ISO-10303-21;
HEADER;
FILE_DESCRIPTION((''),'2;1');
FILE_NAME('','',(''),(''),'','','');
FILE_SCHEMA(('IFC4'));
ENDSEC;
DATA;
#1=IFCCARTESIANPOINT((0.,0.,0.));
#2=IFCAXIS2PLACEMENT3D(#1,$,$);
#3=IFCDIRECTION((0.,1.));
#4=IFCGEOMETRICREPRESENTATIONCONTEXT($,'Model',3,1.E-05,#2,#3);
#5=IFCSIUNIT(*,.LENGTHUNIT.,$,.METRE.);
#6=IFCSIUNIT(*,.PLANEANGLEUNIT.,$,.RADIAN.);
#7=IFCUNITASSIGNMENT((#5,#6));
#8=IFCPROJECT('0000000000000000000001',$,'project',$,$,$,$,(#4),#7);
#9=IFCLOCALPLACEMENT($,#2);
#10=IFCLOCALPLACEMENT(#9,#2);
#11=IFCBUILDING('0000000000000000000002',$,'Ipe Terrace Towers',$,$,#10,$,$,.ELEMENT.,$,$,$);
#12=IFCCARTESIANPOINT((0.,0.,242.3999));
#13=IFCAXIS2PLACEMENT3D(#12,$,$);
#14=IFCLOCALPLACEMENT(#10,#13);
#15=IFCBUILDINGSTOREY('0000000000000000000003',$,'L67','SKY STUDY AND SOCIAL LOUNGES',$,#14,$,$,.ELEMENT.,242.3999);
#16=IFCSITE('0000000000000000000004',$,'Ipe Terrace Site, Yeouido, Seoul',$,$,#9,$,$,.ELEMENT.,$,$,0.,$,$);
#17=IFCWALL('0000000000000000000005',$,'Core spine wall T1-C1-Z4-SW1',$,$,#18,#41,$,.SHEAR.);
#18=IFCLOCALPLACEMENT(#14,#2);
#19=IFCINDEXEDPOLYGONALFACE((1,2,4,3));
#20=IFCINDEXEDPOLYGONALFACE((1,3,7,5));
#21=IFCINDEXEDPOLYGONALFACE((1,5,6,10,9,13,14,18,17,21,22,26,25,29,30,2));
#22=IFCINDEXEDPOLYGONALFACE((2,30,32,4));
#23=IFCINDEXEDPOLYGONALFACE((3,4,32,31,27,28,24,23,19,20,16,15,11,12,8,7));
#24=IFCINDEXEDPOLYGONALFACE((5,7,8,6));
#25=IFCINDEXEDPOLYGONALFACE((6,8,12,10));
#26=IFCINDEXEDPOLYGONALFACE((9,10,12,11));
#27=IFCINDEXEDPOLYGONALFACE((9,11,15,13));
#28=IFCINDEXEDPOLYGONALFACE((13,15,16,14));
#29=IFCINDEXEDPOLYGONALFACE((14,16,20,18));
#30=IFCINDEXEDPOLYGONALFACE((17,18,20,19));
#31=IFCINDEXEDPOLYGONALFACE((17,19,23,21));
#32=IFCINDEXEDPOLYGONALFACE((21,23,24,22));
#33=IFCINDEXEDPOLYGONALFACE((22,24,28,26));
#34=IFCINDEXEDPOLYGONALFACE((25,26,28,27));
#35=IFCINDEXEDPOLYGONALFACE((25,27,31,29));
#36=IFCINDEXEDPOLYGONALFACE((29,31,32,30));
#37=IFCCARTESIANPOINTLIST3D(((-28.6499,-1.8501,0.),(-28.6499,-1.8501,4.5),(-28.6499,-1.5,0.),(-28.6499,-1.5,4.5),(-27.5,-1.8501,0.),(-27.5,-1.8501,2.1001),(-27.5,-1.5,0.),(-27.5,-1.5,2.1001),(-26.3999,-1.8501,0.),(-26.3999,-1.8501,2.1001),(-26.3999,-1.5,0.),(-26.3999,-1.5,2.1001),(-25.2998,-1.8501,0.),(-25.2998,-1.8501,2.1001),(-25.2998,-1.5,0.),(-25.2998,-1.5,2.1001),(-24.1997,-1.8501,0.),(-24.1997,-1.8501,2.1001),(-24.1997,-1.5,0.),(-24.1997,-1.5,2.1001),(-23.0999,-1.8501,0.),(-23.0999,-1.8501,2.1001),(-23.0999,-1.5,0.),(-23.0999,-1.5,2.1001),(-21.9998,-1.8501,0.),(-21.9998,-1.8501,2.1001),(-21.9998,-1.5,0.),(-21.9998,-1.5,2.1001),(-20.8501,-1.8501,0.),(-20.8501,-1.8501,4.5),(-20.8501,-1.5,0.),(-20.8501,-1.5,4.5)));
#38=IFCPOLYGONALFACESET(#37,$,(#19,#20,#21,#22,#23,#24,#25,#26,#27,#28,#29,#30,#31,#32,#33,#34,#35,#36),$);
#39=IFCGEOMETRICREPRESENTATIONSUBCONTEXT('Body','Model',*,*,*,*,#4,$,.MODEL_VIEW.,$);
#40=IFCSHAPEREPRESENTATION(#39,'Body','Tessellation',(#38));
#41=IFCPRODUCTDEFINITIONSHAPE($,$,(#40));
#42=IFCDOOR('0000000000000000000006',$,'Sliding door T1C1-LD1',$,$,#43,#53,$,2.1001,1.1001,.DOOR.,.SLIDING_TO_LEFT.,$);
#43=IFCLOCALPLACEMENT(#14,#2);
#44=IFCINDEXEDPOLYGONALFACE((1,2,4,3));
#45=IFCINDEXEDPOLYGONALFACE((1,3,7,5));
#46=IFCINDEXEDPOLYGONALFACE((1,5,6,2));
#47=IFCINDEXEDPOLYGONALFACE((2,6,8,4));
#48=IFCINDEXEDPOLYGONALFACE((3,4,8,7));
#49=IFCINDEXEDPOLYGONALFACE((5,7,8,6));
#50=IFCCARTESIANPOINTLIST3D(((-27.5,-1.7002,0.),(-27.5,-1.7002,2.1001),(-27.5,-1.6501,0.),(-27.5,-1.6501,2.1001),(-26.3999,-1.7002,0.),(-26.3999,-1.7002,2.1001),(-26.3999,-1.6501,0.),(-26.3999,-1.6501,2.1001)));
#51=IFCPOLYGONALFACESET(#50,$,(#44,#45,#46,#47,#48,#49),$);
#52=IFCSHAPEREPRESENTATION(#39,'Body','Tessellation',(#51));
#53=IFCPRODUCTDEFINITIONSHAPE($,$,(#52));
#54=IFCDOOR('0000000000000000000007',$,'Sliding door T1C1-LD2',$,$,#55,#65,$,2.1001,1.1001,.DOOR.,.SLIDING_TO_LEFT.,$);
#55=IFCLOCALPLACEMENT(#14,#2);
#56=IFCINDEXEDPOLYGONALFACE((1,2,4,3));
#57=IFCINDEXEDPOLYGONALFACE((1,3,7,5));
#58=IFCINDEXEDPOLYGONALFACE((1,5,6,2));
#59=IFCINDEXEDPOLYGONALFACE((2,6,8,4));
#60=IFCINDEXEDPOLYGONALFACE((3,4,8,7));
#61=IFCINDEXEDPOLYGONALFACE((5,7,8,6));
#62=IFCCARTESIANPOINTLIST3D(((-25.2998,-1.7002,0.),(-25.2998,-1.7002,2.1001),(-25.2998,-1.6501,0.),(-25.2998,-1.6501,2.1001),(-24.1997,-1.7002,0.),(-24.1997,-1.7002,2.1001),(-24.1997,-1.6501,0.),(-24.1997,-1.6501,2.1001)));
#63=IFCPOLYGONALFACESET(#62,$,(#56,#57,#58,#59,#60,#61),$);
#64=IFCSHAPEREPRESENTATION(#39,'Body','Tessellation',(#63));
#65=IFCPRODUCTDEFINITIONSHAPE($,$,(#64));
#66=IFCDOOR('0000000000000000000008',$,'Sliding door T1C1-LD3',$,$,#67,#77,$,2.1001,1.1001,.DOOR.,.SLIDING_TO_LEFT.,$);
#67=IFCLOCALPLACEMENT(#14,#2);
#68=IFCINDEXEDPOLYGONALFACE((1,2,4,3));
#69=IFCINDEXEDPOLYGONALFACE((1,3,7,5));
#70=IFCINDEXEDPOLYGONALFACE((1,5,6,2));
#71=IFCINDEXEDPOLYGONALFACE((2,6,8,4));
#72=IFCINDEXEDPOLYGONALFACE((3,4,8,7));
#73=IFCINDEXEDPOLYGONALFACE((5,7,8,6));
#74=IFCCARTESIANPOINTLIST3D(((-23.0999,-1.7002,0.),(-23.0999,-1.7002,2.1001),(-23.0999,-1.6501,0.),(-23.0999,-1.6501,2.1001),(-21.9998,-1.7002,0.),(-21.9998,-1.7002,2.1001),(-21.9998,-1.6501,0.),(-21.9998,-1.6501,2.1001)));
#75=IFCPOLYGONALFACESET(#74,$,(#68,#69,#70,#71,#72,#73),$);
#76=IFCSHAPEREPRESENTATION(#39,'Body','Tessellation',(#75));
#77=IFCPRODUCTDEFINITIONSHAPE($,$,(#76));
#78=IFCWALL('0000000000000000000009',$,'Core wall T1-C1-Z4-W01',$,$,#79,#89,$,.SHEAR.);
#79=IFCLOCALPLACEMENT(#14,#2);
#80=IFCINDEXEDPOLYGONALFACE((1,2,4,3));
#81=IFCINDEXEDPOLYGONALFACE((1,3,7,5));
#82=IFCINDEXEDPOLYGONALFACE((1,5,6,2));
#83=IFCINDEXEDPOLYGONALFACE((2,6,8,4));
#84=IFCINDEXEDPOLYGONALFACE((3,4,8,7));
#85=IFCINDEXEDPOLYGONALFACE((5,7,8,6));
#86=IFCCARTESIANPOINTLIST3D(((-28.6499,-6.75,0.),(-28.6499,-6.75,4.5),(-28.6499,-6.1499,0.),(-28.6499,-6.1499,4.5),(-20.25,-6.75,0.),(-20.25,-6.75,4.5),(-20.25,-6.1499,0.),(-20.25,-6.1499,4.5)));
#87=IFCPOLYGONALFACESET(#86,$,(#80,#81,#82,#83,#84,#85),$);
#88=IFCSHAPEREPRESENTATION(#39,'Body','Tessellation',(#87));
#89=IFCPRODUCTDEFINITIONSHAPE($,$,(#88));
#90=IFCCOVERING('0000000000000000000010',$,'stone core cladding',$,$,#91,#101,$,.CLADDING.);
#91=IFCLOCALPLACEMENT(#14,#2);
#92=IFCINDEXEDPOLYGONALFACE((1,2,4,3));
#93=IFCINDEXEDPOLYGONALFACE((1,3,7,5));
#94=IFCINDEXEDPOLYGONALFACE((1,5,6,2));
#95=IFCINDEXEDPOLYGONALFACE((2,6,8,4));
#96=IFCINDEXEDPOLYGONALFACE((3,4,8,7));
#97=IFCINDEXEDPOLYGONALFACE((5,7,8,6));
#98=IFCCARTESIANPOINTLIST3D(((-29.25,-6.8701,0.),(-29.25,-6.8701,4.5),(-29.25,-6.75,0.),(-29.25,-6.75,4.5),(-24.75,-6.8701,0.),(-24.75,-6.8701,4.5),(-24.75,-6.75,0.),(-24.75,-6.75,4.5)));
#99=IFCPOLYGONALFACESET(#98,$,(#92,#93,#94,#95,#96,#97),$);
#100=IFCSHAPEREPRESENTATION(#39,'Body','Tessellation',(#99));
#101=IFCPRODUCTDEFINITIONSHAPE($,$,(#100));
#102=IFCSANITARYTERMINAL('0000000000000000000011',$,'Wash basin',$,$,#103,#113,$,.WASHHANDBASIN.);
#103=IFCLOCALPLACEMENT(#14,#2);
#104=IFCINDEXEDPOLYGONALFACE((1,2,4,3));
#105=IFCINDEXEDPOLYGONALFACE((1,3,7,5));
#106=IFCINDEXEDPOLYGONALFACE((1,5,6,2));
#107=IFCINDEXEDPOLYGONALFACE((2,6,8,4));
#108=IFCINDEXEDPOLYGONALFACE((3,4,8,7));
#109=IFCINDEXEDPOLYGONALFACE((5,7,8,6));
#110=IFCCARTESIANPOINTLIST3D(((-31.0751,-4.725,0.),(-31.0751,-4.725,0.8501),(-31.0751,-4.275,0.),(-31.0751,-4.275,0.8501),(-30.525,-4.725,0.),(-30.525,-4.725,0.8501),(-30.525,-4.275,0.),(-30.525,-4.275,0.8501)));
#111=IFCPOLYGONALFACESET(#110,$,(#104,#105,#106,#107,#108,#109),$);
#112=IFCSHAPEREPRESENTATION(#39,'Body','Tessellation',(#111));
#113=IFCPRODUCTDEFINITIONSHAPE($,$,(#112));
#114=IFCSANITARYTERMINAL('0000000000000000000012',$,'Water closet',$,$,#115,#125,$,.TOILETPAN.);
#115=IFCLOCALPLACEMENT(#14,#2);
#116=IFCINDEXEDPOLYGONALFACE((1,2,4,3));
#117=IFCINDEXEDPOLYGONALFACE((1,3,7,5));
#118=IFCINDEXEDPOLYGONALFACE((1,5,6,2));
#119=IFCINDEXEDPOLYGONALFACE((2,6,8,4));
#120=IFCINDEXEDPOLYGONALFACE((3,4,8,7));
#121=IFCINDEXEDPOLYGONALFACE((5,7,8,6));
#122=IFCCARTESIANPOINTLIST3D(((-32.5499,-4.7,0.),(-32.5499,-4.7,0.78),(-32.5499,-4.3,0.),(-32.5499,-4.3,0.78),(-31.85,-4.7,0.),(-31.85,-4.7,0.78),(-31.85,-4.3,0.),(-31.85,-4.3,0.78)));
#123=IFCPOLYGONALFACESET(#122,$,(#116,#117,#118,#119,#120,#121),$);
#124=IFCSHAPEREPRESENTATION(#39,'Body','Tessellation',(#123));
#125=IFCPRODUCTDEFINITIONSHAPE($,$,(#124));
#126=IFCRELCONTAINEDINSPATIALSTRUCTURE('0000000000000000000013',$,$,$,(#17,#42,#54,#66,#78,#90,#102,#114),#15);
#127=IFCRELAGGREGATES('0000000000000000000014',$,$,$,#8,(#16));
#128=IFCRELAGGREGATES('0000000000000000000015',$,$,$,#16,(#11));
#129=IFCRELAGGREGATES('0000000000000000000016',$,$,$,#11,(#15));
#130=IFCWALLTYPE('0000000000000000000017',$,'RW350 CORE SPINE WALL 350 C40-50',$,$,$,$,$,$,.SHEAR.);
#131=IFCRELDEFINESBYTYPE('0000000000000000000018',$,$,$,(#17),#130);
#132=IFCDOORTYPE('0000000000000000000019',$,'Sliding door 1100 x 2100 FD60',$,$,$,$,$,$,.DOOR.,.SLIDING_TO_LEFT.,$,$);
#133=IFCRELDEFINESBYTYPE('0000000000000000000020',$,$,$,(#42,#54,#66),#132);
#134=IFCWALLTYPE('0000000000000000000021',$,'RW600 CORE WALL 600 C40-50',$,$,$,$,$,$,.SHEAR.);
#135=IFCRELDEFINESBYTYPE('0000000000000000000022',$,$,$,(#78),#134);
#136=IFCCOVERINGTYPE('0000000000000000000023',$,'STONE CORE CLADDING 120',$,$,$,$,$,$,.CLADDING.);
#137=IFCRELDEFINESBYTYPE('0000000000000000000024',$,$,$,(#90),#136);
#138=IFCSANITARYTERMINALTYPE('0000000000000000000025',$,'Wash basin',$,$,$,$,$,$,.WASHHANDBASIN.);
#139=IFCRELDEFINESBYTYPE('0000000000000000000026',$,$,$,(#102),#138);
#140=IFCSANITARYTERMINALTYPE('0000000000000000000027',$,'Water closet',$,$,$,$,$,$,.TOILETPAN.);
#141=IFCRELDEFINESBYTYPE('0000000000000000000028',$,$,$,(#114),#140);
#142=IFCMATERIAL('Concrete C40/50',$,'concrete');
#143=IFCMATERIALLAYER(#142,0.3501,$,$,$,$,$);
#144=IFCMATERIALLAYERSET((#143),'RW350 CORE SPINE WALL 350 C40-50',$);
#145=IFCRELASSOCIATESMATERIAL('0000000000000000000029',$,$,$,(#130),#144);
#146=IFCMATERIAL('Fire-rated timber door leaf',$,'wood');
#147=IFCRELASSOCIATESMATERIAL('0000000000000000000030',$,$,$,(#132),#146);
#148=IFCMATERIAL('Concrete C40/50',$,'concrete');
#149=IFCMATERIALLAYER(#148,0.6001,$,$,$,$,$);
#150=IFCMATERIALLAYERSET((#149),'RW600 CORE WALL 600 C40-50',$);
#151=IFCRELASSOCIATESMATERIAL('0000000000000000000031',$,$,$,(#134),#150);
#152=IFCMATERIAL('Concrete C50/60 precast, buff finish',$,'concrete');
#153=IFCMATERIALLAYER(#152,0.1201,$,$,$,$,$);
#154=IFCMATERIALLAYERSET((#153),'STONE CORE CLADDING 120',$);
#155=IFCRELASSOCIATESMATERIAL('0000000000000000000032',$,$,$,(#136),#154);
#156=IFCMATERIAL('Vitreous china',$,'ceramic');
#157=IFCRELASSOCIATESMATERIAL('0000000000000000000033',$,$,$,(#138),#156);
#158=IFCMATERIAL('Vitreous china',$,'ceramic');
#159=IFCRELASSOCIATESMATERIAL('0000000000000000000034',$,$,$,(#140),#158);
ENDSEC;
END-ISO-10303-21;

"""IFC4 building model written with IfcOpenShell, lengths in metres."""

from ifc_helpers import new_model, si_unit, direction, frame, frame_2d, origin, origin_2d, place, context, subcontext, project, spatial, rectangle, extrude, material, layer, layer_set, type_object, element, fill, save


model = new_model("IFC4")

# Units and contexts
model_context = context("Model", 3, precision=1e-05, world=origin(), true_north=direction((0.0, 1.0)))
body_context = subcontext(model_context, "Body", "Model", "MODEL_VIEW")
ifc_project = project(units=[si_unit("LENGTHUNIT", "METRE"), si_unit("PLANEANGLEUNIT", "RADIAN")], contexts=[model_context])

# Site, building, storey
site_placement = place(None, origin())
site = spatial("IfcSite", under=ifc_project, at=site_placement, Name="Ipe Terrace Site, Yeouido, Seoul", CompositionType="ELEMENT", RefElevation=0.0)
building_placement = place(site_placement, origin())
building = spatial("IfcBuilding", under=site, at=building_placement, Name="Ipe Terrace Towers", CompositionType="ELEMENT")
storey_placement = place(building_placement, frame((0.0, 0.0, 242.3999)))
storey = spatial("IfcBuildingStorey", under=building, at=storey_placement, Name="L67", Description="SKY STUDY AND SOCIAL LOUNGES", CompositionType="ELEMENT", Elevation=242.3999)

# Wall, openings, doors
ifc_material_1 = material(Name="Concrete C40/50", Category="concrete")
ifc_layer_1 = layer(ifc_material_1, 0.3501)
ifc_layer_set_1 = layer_set([ifc_layer_1], Name="RW350 CORE SPINE WALL 350 C40-50")
wall_type_1 = type_object("IfcWallType", Name="RW350 CORE SPINE WALL 350 C40-50", PredefinedType="SHEAR", material=ifc_layer_set_1)
wall_1_placement = place(storey_placement, frame((-28.6499, -1.675, 0.0), z_axis=(0.0, 0.0, 1.0), x_axis=(1.0, 0.0, 0.0)))
wall_1 = element("IfcWall", 1, at=wall_1_placement, inside=storey, type_object=wall_type_1, Name="Core spine wall T1-C1-Z4-SW1", PredefinedType="SHEAR", context=body_context, shape_type="SweptSolid", body=[
    extrude(rectangle(XDim=7.7998, YDim=0.3501, at=frame_2d((3.8999, 0.0))), origin(), (0.0, 0.0, 1.0), 4.5),
])
opening_1_placement = place(wall_1_placement, frame((1.1499, 0.0, 0.0)))
opening_1 = element("IfcOpeningElement", 2, at=opening_1_placement, cuts=wall_1, PredefinedType="OPENING", context=body_context, shape_type="SweptSolid", body=[
    extrude(rectangle(XDim=1.1001, YDim=2.1001, at=frame_2d((0.55, 1.05))), frame((0.0, 0.1851, 0.0), z_axis=(0.0, -1.0, 0.0), x_axis=(1.0, 0.0, 0.0)), (0.0, 0.0, 1.0), 0.3701),
])
opening_2_placement = place(wall_1_placement, frame((3.3501, 0.0, 0.0)))
opening_2 = element("IfcOpeningElement", 3, at=opening_2_placement, cuts=wall_1, PredefinedType="OPENING", context=body_context, shape_type="SweptSolid", body=[
    extrude(rectangle(XDim=1.1001, YDim=2.1001, at=frame_2d((0.55, 1.05))), frame((0.0, 0.1851, 0.0), z_axis=(0.0, -1.0, 0.0), x_axis=(1.0, 0.0, 0.0)), (0.0, 0.0, 1.0), 0.3701),
])
opening_3_placement = place(wall_1_placement, frame((5.55, 0.0, 0.0)))
opening_3 = element("IfcOpeningElement", 4, at=opening_3_placement, cuts=wall_1, PredefinedType="OPENING", context=body_context, shape_type="SweptSolid", body=[
    extrude(rectangle(XDim=1.1001, YDim=2.1001, at=frame_2d((0.55, 1.05))), frame((0.0, 0.1851, 0.0), z_axis=(0.0, -1.0, 0.0), x_axis=(1.0, 0.0, 0.0)), (0.0, 0.0, 1.0), 0.3701),
])
ifc_material_2 = material(Name="Fire-rated timber door leaf", Category="wood")
door_type_1 = type_object("IfcDoorType", Name="Sliding door 1100 x 2100 FD60", OperationType="SLIDING_TO_LEFT", PredefinedType="DOOR", material=ifc_material_2)
door_1_placement = place(opening_1_placement, origin())
door_1 = element("IfcDoor", 5, at=door_1_placement, inside=storey, type_object=door_type_1, Name="Sliding door T1C1-LD1", OperationType="SLIDING_TO_LEFT", OverallHeight=2.1001, OverallWidth=1.1001, PredefinedType="DOOR", context=body_context, shape_type="SweptSolid", body=[
    extrude(rectangle(XDim=1.1001, YDim=2.1001, at=frame_2d((0.55, 1.05))), frame((0.0, 0.0249, 0.0), z_axis=(0.0, -1.0, 0.0), x_axis=(1.0, 0.0, 0.0)), (0.0, 0.0, 1.0), 0.05),
])
fill(opening_1, door_1)
door_2_placement = place(opening_2_placement, origin())
door_2 = element("IfcDoor", 6, at=door_2_placement, inside=storey, type_object=door_type_1, Name="Sliding door T1C1-LD2", OperationType="SLIDING_TO_LEFT", OverallHeight=2.1001, OverallWidth=1.1001, PredefinedType="DOOR", context=body_context, shape_type="SweptSolid", body=[
    extrude(rectangle(XDim=1.1001, YDim=2.1001, at=frame_2d((0.55, 1.05))), frame((0.0, 0.0249, 0.0), z_axis=(0.0, -1.0, 0.0), x_axis=(1.0, 0.0, 0.0)), (0.0, 0.0, 1.0), 0.05),
])
fill(opening_2, door_2)
door_3_placement = place(opening_3_placement, origin())
door_3 = element("IfcDoor", 7, at=door_3_placement, inside=storey, type_object=door_type_1, Name="Sliding door T1C1-LD3", OperationType="SLIDING_TO_LEFT", OverallHeight=2.1001, OverallWidth=1.1001, PredefinedType="DOOR", context=body_context, shape_type="SweptSolid", body=[
    extrude(rectangle(XDim=1.1001, YDim=2.1001, at=frame_2d((0.55, 1.05))), frame((0.0, 0.0249, 0.0), z_axis=(0.0, -1.0, 0.0), x_axis=(1.0, 0.0, 0.0)), (0.0, 0.0, 1.0), 0.05),
])
fill(opening_3, door_3)

# Wall
ifc_material_3 = material(Name="Concrete C40/50", Category="concrete")
ifc_layer_2 = layer(ifc_material_3, 0.6001)
ifc_layer_set_2 = layer_set([ifc_layer_2], Name="RW600 CORE WALL 600 C40-50")
wall_type_2 = type_object("IfcWallType", Name="RW600 CORE WALL 600 C40-50", PredefinedType="SHEAR", material=ifc_layer_set_2)
wall_2_placement = place(storey_placement, frame((-28.6499, -6.45, 0.0), z_axis=(0.0, 0.0, 1.0), x_axis=(1.0, 0.0, 0.0)))
element("IfcWall", 8, at=wall_2_placement, inside=storey, type_object=wall_type_2, Name="Core wall T1-C1-Z4-W01", PredefinedType="SHEAR", context=body_context, shape_type="SweptSolid", body=[
    extrude(rectangle(XDim=8.3999, YDim=0.6001, at=frame_2d((4.2, 0.0))), origin(), (0.0, 0.0, 1.0), 4.5),
])

# Covering
ifc_material_4 = material(Name="Concrete C50/60 precast, buff finish", Category="concrete")
ifc_layer_3 = layer(ifc_material_4, 0.1201)
ifc_layer_set_3 = layer_set([ifc_layer_3], Name="STONE CORE CLADDING 120")
covering_type = type_object("IfcCoveringType", Name="STONE CORE CLADDING 120", PredefinedType="CLADDING", material=ifc_layer_set_3)
covering_placement = place(storey_placement, frame((-27.0, -6.8101, 0.0), z_axis=(0.0, 0.0, 1.0), x_axis=(1.0, 0.0, 0.0)))
element("IfcCovering", 9, at=covering_placement, inside=storey, type_object=covering_type, Name="stone core cladding", PredefinedType="CLADDING", context=body_context, shape_type="SweptSolid", body=[
    extrude(rectangle(XDim=4.5, YDim=0.1201, at=origin_2d()), origin(), (0.0, 0.0, 1.0), 4.5),
])

# Sanitary terminals
ifc_material_5 = material(Name="Vitreous china", Category="ceramic")
sanitary_terminal_type_1 = type_object("IfcSanitaryTerminalType", Name="Wash basin", PredefinedType="WASHHANDBASIN", material=ifc_material_5)
sanitary_terminal_1_placement = place(storey_placement, frame((-30.8, -4.5, 0.0), z_axis=(0.0, 0.0, 1.0), x_axis=(1.0, 0.0, 0.0)))
element("IfcSanitaryTerminal", 10, at=sanitary_terminal_1_placement, inside=storey, type_object=sanitary_terminal_type_1, Name="Wash basin", PredefinedType="WASHHANDBASIN", context=body_context, shape_type="SweptSolid", body=[
    extrude(rectangle(XDim=0.55, YDim=0.45, at=origin_2d()), origin(), (0.0, 0.0, 1.0), 0.8501),
])
ifc_material_6 = material(Name="Vitreous china", Category="ceramic")
sanitary_terminal_type_2 = type_object("IfcSanitaryTerminalType", Name="Water closet", PredefinedType="TOILETPAN", material=ifc_material_6)
sanitary_terminal_2_placement = place(storey_placement, frame((-32.2, -4.5, 0.0), z_axis=(0.0, 0.0, 1.0), x_axis=(1.0, 0.0, 0.0)))
element("IfcSanitaryTerminal", 11, at=sanitary_terminal_2_placement, inside=storey, type_object=sanitary_terminal_type_2, Name="Water closet", PredefinedType="TOILETPAN", context=body_context, shape_type="SweptSolid", body=[
    extrude(rectangle(XDim=0.7, YDim=0.3999, at=origin_2d()), origin(), (0.0, 0.0, 1.0), 0.78),
])

save(model, "model.ifc")
